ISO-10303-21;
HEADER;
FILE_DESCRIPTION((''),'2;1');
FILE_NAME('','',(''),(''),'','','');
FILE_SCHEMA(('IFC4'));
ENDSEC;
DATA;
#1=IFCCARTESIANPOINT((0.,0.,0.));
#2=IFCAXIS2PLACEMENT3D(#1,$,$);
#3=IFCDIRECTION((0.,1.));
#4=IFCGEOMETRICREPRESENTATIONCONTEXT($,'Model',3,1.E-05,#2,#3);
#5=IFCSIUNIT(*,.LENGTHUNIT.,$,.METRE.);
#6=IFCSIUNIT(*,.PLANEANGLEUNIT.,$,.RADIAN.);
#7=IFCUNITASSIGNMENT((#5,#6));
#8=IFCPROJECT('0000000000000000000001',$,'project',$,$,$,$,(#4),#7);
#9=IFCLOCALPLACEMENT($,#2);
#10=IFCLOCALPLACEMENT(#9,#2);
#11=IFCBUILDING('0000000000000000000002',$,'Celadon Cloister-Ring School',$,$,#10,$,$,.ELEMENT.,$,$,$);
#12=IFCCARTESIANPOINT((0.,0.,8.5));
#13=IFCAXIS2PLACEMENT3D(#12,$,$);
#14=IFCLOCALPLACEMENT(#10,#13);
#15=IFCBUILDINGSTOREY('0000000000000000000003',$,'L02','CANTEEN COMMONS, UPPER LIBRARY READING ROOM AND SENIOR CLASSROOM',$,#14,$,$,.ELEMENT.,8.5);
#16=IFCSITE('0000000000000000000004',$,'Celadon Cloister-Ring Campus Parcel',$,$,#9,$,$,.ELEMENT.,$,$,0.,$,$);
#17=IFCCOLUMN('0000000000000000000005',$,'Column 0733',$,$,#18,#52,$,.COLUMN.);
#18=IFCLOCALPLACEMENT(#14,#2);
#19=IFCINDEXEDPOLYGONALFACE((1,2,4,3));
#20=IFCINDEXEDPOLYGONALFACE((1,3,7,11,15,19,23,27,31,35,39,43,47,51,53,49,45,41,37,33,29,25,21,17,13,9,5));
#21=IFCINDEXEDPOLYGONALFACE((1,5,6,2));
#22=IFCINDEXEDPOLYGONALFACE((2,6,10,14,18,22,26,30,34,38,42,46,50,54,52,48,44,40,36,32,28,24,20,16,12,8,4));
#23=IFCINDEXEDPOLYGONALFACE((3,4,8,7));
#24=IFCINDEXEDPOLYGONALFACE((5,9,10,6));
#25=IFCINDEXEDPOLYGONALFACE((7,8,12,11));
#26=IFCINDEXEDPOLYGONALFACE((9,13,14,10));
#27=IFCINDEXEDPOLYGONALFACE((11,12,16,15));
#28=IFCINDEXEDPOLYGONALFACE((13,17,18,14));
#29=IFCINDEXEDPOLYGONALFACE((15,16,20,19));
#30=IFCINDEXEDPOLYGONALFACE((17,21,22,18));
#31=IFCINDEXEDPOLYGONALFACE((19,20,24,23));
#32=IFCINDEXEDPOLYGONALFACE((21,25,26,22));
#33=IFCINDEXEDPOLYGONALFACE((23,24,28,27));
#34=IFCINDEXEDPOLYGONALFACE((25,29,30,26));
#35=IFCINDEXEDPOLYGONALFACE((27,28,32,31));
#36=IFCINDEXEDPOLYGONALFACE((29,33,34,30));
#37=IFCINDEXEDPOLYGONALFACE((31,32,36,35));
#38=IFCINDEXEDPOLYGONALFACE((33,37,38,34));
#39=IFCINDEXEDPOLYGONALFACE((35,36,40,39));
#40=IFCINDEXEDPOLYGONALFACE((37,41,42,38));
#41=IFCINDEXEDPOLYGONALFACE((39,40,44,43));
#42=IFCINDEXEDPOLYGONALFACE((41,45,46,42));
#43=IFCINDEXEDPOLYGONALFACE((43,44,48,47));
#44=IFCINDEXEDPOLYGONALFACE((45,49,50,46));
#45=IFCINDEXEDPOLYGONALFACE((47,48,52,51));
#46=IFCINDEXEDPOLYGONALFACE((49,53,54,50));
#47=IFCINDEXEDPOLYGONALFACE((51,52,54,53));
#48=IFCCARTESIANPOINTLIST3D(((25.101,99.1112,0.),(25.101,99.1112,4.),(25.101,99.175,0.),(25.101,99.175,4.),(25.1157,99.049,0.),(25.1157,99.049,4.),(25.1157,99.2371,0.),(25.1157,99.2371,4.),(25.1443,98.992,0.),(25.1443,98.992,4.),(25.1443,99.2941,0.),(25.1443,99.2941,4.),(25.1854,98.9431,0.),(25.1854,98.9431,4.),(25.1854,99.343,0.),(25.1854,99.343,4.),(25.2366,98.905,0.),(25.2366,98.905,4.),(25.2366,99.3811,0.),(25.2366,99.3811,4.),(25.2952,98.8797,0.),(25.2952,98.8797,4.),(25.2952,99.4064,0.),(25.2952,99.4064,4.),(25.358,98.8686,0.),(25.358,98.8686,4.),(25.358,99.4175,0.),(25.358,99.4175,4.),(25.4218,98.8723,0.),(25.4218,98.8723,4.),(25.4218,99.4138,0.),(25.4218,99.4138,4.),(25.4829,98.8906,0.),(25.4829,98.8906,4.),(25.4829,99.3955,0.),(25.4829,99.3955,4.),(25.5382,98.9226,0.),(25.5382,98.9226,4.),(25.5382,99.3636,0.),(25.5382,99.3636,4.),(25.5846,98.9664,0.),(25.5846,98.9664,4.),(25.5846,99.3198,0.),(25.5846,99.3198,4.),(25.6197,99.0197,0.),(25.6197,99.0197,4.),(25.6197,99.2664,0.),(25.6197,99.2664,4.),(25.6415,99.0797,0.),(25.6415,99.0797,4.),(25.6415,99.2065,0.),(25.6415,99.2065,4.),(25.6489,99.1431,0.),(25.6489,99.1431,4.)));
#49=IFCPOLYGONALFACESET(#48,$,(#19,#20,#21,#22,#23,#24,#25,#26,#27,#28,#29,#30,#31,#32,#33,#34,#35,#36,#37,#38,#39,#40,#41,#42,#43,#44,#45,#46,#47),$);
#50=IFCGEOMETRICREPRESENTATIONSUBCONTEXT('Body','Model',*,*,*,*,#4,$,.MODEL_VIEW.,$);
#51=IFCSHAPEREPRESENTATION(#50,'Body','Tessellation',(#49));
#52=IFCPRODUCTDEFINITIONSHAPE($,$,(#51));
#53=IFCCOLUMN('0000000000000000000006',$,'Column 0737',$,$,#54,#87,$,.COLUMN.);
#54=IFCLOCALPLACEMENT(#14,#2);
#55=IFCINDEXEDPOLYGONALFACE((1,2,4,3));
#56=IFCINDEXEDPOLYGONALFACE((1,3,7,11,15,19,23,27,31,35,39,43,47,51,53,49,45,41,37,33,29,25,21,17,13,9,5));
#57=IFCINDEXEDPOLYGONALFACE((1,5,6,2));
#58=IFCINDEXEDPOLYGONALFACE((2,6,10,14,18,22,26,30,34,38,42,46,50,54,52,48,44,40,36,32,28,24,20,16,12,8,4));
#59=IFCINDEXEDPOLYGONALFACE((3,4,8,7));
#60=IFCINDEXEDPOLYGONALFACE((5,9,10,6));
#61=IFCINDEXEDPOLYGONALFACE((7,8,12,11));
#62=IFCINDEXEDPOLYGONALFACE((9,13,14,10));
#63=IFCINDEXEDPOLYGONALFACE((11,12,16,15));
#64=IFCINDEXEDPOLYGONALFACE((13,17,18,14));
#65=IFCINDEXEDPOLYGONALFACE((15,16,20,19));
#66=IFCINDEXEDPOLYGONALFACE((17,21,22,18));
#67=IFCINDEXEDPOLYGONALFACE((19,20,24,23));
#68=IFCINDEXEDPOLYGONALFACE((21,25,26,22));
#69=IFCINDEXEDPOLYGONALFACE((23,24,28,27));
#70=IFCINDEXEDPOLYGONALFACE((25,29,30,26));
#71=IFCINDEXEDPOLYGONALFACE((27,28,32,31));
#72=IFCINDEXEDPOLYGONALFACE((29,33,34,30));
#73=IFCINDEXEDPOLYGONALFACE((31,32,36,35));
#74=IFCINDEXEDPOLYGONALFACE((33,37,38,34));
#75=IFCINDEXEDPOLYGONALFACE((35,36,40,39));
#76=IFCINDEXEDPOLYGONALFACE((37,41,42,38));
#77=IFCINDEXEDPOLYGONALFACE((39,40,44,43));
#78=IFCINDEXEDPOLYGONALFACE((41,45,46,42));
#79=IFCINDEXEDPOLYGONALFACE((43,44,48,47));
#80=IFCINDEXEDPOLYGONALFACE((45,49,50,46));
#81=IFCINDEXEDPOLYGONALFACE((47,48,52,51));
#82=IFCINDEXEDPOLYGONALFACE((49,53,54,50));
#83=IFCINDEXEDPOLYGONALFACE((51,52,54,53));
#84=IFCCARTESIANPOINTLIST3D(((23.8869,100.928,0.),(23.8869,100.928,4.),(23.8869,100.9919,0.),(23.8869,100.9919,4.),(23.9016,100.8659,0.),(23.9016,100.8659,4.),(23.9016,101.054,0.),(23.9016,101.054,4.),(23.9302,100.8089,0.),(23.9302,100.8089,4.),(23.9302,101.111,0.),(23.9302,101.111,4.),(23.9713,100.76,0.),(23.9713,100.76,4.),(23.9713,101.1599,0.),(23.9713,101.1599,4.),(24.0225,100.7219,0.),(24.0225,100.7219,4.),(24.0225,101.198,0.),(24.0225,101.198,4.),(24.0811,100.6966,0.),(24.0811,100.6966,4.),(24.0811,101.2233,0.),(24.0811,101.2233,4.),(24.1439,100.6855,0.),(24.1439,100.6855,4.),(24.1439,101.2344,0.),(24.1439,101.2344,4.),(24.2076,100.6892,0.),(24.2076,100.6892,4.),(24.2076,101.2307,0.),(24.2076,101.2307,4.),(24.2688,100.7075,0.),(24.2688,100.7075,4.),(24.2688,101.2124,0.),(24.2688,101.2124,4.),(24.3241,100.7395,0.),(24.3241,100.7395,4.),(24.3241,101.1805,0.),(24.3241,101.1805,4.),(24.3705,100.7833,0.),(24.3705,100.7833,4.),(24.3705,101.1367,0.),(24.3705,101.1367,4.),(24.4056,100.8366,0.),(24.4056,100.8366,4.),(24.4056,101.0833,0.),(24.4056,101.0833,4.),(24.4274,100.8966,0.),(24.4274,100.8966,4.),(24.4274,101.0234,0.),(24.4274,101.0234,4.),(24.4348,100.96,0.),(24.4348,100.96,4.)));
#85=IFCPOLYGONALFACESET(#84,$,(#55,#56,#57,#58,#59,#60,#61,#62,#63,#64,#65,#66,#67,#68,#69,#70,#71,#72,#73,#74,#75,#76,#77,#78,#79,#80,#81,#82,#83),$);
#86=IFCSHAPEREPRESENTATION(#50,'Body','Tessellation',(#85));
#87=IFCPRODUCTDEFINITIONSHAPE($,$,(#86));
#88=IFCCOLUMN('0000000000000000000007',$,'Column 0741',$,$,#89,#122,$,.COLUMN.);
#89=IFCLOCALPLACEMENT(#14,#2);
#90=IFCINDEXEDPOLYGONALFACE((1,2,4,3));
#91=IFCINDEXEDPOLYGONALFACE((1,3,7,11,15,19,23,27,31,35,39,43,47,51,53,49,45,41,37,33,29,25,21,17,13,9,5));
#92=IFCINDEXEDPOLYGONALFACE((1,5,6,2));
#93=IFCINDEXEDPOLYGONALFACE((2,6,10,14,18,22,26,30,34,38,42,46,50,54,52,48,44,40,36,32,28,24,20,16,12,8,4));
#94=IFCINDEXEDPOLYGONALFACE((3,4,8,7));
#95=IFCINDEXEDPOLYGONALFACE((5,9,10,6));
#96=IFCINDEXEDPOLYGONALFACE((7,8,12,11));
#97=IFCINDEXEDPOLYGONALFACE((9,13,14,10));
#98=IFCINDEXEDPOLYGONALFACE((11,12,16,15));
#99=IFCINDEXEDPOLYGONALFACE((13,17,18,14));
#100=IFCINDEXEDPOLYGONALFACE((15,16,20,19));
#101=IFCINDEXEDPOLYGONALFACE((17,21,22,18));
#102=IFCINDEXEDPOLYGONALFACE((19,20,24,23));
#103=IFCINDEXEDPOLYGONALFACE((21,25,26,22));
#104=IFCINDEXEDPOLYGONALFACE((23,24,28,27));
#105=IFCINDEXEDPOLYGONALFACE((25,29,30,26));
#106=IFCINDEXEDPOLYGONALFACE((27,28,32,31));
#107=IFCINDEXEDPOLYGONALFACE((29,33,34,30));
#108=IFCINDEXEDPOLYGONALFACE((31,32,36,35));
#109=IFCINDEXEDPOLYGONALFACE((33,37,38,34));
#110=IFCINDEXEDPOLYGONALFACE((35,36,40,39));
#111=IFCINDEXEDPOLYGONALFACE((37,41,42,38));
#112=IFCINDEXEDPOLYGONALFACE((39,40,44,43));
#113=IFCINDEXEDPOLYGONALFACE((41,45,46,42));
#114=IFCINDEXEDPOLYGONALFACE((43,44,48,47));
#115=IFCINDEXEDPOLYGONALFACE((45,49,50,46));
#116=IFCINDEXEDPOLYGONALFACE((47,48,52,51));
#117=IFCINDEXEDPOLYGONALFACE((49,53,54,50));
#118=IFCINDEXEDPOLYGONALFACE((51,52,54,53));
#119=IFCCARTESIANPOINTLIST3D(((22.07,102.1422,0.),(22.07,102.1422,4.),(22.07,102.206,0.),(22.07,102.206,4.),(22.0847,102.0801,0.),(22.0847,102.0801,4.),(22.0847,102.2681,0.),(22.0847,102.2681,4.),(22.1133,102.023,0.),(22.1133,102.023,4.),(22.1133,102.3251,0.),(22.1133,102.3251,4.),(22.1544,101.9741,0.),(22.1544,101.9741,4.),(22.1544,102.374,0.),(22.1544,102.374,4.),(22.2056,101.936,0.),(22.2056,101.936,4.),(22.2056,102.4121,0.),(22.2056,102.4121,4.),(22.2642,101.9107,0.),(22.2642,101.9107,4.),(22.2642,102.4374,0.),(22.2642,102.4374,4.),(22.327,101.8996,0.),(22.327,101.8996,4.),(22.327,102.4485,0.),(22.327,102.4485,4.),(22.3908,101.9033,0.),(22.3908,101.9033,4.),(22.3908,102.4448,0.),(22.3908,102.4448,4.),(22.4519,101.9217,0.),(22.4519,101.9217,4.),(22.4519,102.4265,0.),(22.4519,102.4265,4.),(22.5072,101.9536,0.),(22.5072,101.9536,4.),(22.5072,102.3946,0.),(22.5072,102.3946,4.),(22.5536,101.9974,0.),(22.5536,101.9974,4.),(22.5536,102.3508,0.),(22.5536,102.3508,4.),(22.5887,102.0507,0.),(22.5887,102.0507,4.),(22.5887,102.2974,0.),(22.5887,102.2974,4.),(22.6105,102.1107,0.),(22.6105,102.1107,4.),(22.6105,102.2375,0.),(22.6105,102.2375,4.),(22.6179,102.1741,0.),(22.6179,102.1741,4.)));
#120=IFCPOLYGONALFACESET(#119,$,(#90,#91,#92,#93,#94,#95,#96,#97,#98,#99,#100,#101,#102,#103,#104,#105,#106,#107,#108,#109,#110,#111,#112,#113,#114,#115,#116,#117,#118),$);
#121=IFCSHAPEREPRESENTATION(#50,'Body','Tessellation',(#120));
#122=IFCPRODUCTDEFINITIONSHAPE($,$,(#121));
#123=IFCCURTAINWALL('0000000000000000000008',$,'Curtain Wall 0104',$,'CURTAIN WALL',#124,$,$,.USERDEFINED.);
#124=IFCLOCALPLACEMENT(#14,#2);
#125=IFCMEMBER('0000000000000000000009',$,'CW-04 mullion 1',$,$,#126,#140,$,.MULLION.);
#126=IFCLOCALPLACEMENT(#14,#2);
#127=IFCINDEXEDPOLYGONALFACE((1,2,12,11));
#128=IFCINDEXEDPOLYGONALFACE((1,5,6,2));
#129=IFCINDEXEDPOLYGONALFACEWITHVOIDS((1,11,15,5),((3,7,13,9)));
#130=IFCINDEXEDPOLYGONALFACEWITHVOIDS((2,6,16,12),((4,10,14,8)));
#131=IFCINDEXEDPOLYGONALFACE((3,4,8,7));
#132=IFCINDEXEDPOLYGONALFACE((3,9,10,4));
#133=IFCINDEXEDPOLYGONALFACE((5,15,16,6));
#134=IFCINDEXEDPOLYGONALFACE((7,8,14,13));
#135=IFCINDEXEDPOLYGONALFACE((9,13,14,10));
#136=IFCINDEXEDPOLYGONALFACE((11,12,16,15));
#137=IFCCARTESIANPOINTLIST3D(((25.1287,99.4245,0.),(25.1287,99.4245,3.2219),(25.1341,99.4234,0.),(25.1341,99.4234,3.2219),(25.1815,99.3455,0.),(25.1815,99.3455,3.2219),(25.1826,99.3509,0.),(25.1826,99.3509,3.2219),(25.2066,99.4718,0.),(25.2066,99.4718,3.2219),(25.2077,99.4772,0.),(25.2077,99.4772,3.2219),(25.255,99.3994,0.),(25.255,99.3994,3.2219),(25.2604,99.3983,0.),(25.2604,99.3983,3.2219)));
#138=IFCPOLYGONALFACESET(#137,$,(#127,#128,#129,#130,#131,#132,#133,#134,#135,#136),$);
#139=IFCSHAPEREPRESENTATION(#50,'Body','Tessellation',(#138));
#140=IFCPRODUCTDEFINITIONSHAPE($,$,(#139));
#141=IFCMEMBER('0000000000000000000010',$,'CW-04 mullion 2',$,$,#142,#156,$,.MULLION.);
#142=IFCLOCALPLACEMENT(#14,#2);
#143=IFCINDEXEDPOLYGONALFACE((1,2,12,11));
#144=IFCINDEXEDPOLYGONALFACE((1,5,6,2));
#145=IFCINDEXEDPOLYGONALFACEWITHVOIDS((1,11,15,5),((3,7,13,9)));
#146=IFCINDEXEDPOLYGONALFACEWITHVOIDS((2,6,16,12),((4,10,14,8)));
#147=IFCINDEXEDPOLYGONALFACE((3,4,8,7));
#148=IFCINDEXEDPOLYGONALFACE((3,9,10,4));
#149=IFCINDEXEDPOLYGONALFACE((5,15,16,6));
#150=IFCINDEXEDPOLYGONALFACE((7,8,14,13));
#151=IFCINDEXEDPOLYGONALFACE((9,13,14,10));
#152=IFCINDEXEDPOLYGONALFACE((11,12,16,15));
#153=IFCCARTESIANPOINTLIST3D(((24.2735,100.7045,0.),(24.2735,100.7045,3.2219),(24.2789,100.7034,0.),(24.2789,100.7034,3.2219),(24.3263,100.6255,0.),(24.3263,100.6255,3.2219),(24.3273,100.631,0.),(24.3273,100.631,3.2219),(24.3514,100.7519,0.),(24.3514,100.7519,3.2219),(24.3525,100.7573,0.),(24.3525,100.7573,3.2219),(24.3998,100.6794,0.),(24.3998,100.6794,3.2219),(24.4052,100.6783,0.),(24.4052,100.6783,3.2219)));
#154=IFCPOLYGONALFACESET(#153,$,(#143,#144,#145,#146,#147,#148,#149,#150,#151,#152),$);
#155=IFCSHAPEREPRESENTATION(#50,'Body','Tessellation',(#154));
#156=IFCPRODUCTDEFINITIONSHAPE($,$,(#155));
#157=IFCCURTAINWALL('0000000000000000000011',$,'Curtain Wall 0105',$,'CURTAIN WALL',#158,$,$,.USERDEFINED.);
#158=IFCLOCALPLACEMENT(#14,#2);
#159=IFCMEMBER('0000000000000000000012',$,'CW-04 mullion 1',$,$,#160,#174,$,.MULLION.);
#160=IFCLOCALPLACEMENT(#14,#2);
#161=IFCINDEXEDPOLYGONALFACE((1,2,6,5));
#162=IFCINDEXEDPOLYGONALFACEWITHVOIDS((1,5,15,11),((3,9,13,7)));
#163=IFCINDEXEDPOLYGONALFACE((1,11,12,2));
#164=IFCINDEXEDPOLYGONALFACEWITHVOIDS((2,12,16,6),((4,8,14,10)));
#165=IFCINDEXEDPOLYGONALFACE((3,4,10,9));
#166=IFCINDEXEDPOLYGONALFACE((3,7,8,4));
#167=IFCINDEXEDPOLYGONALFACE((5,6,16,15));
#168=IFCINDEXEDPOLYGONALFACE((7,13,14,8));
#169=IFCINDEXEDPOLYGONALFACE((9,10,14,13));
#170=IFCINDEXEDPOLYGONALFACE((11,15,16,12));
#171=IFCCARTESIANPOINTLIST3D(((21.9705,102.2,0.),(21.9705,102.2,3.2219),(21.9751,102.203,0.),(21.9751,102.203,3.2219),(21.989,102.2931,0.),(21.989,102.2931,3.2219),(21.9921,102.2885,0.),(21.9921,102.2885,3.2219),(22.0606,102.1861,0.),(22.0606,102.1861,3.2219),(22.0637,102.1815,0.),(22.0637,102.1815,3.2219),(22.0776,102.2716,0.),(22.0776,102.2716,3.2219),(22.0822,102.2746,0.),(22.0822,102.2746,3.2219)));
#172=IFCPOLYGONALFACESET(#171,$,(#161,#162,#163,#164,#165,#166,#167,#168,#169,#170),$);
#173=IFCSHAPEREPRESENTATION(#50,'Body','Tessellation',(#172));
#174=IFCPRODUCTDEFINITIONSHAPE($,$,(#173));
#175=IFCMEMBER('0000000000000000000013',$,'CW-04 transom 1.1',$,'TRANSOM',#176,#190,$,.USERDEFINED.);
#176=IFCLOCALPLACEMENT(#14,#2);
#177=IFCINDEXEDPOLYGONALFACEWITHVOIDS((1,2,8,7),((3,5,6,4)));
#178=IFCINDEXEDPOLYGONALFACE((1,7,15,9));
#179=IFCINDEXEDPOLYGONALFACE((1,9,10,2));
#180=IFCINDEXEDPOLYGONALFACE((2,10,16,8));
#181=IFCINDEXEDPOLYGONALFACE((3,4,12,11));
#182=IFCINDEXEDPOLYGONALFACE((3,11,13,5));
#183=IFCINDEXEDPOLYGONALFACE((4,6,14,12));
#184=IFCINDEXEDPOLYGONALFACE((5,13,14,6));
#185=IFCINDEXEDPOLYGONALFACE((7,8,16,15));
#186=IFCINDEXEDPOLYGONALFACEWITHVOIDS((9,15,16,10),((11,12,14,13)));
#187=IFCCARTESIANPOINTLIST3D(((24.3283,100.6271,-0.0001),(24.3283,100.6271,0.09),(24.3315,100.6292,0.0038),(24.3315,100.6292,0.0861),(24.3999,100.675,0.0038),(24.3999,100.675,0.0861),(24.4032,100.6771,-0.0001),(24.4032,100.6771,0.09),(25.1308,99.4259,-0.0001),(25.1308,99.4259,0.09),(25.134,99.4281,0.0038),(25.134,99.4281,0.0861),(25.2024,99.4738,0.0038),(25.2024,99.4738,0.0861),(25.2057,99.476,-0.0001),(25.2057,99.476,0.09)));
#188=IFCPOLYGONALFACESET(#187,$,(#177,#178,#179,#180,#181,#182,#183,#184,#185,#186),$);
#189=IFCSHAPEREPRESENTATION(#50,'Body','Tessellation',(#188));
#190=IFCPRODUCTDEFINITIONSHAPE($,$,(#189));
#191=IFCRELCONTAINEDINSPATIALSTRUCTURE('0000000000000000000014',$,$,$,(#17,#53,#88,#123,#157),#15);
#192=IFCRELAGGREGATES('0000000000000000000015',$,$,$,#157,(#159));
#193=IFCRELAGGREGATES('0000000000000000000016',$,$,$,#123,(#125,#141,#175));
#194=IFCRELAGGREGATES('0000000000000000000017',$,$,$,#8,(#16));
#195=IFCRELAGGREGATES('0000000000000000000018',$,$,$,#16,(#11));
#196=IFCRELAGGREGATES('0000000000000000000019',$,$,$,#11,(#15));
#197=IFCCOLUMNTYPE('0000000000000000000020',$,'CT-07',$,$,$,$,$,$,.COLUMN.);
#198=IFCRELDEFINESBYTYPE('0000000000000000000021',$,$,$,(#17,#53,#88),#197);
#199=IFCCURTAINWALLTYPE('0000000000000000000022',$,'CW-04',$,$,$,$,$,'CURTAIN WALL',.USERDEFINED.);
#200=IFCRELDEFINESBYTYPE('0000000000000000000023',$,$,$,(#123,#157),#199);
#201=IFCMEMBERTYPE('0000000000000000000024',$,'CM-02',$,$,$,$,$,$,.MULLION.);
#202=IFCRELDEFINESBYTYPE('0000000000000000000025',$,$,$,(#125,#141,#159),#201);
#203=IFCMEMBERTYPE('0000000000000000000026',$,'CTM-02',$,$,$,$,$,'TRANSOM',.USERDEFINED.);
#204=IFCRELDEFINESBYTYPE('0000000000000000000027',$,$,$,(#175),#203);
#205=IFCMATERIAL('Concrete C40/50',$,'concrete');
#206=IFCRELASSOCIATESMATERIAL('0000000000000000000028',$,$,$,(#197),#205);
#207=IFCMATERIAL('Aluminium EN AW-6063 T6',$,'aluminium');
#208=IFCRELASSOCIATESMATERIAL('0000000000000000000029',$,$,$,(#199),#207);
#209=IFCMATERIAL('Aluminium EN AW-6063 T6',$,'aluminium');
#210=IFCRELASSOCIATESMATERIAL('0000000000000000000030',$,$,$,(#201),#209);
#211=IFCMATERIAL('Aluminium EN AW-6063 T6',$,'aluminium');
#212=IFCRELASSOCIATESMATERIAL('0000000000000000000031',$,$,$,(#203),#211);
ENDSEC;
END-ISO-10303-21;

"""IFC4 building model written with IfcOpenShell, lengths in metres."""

from ifc_helpers import new_model, si_unit, direction, frame, origin, origin_2d, place, context, subcontext, project, spatial, hollow_rectangle, circle, extrude, material, material_profile, profile_set, type_object, element, aggregate, save


model = new_model("IFC4")

# Units and contexts
model_context = context("Model", 3, precision=1e-05, world=origin(), true_north=direction((0.0, 1.0)))
body_context = subcontext(model_context, "Body", "Model", "MODEL_VIEW")
ifc_project = project(units=[si_unit("LENGTHUNIT", "METRE"), si_unit("PLANEANGLEUNIT", "RADIAN")], contexts=[model_context])

# Site, building, storey
site_placement = place(None, origin())
site = spatial("IfcSite", under=ifc_project, at=site_placement, Name="Celadon Cloister-Ring Campus Parcel", CompositionType="ELEMENT", RefElevation=0.0)
building_placement = place(site_placement, origin())
building = spatial("IfcBuilding", under=site, at=building_placement, Name="Celadon Cloister-Ring School", CompositionType="ELEMENT")
storey_placement = place(building_placement, frame((0.0, 0.0, 8.5)))
storey = spatial("IfcBuildingStorey", under=building, at=storey_placement, Name="L02", Description="CANTEEN COMMONS, UPPER LIBRARY READING ROOM AND SENIOR CLASSROOM", CompositionType="ELEMENT", Elevation=8.5)

# Columns
ifc_material_1 = material(Name="Concrete C40/50", Category="concrete")
ifc_material_profile_1 = material_profile(ifc_material_1, circle(Radius=0.2749, at=origin_2d()), Name="CIRC550")
ifc_profile_set_1 = profile_set([ifc_material_profile_1], Name="Concrete C40/50")
column_type = type_object("IfcColumnType", Name="CT-07", PredefinedType="COLUMN", material=ifc_profile_set_1)
for number, where, z_axis, x_axis, name in (
    (1, (25.374, 99.1431, 0.0), (0.0, 0.0, 1.0), (1.0, 0.0, 0.0), "Column 0733"),
    (2, (24.1599, 100.96, 0.0), (0.0, 0.0, 1.0), (1.0, 0.0, 0.0), "Column 0737"),
    (3, (22.343, 102.1741, 0.0), (0.0, 0.0, 1.0), (1.0, 0.0, 0.0), "Column 0741"),
):
    element("IfcColumn", number, at=place(storey_placement, frame(where, z_axis=z_axis, x_axis=x_axis)), inside=storey, type_object=column_type, Name=name, PredefinedType="COLUMN", context=body_context, shape_type="SweptSolid", body=[
        extrude(circle(Radius=0.2749, at=origin_2d()), origin(), (0.0, 0.0, 1.0), 4.0),
    ])

# Curtain wall, members
ifc_material_2 = material(Name="Aluminium EN AW-6063 T6", Category="aluminium")
curtain_wall_type = type_object("IfcCurtainWallType", Name="CW-04", ElementType="CURTAIN WALL", PredefinedType="USERDEFINED", material=ifc_material_2)
curtain_wall_1_placement = place(storey_placement, origin())
curtain_wall_1 = element("IfcCurtainWall", 4, at=curtain_wall_1_placement, inside=storey, type_object=curtain_wall_type, Name="Curtain Wall 0104", ObjectType="CURTAIN WALL", PredefinedType="USERDEFINED")
ifc_material_3 = material(Name="Aluminium EN AW-6063 T6", Category="aluminium")
ifc_material_profile_2 = material_profile(ifc_material_3, hollow_rectangle(XDim=0.095, YDim=0.095, WallThickness=0.0039, at=origin_2d()), Name="RHS95X95X4")
ifc_profile_set_2 = profile_set([ifc_material_profile_2], Name="Aluminium EN AW-6063 T6")
member_type_1 = type_object("IfcMemberType", Name="CM-02", PredefinedType="MULLION", material=ifc_profile_set_2)
member_1_placement = place(storey_placement, frame((25.1946, 99.4114, 0.0), z_axis=(0.0, 0.0, 1.0), x_axis=(-0.831485, -0.555547, 0.0)))
member_1 = element("IfcMember", 5, at=member_1_placement, type_object=member_type_1, Name="CW-04 mullion 1", PredefinedType="MULLION", context=body_context, shape_type="SweptSolid", body=[
    extrude(hollow_rectangle(XDim=0.095, YDim=0.095, WallThickness=0.0039, at=origin_2d()), origin(), (0.0, 0.0, 1.0), 3.2219),
])
member_2_placement = place(storey_placement, frame((24.3394, 100.6914, 0.0), z_axis=(0.0, 0.0, 1.0), x_axis=(-0.831485, -0.555547, 0.0)))
member_2 = element("IfcMember", 6, at=member_2_placement, type_object=member_type_1, Name="CW-04 mullion 2", PredefinedType="MULLION", context=body_context, shape_type="SweptSolid", body=[
    extrude(hollow_rectangle(XDim=0.095, YDim=0.095, WallThickness=0.0039, at=origin_2d()), origin(), (0.0, 0.0, 1.0), 3.2219),
])

# Curtain wall, member
curtain_wall_2_placement = place(storey_placement, origin())
curtain_wall_2 = element("IfcCurtainWall", 7, at=curtain_wall_2_placement, inside=storey, type_object=curtain_wall_type, Name="Curtain Wall 0105", ObjectType="CURTAIN WALL", PredefinedType="USERDEFINED")
member_3_placement = place(storey_placement, frame((22.0264, 102.2373, 0.0), z_axis=(0.0, 0.0, 1.0), x_axis=(-0.194586, -0.980885, 0.0)))
member_3 = element("IfcMember", 8, at=member_3_placement, type_object=member_type_1, Name="CW-04 mullion 1", PredefinedType="MULLION", context=body_context, shape_type="SweptSolid", body=[
    extrude(hollow_rectangle(XDim=0.095, YDim=0.095, WallThickness=0.0039, at=origin_2d()), origin(), (0.0, 0.0, 1.0), 3.2219),
])

# Member
ifc_material_4 = material(Name="Aluminium EN AW-6063 T6", Category="aluminium")
ifc_material_profile_3 = material_profile(ifc_material_4, hollow_rectangle(XDim=0.0901, YDim=0.0901, WallThickness=0.0039, at=origin_2d()), Name="RHS90X90X4")
ifc_profile_set_3 = profile_set([ifc_material_profile_3], Name="Aluminium EN AW-6063 T6")
member_type_2 = type_object("IfcMemberType", Name="CTM-02", ElementType="TRANSOM", PredefinedType="USERDEFINED", material=ifc_profile_set_3)
member_4_placement = place(storey_placement, frame((25.1682, 99.4509, 0.0449), z_axis=(-0.555519, 0.831504, 0.0), x_axis=(-0.831504, -0.555519, 0.0)))
member_4 = element("IfcMember", 9, at=member_4_placement, type_object=member_type_2, Name="CW-04 transom 1.1", ObjectType="TRANSOM", PredefinedType="USERDEFINED", context=body_context, shape_type="SweptSolid", body=[
    extrude(hollow_rectangle(XDim=0.0901, YDim=0.0901, WallThickness=0.0039, at=origin_2d()), origin(), (0.0, 0.0, 1.0), 1.4446),
])
aggregate(curtain_wall_2, [member_3])

aggregate(curtain_wall_1, [member_1, member_2, member_4])

save(model, "model.ifc")
